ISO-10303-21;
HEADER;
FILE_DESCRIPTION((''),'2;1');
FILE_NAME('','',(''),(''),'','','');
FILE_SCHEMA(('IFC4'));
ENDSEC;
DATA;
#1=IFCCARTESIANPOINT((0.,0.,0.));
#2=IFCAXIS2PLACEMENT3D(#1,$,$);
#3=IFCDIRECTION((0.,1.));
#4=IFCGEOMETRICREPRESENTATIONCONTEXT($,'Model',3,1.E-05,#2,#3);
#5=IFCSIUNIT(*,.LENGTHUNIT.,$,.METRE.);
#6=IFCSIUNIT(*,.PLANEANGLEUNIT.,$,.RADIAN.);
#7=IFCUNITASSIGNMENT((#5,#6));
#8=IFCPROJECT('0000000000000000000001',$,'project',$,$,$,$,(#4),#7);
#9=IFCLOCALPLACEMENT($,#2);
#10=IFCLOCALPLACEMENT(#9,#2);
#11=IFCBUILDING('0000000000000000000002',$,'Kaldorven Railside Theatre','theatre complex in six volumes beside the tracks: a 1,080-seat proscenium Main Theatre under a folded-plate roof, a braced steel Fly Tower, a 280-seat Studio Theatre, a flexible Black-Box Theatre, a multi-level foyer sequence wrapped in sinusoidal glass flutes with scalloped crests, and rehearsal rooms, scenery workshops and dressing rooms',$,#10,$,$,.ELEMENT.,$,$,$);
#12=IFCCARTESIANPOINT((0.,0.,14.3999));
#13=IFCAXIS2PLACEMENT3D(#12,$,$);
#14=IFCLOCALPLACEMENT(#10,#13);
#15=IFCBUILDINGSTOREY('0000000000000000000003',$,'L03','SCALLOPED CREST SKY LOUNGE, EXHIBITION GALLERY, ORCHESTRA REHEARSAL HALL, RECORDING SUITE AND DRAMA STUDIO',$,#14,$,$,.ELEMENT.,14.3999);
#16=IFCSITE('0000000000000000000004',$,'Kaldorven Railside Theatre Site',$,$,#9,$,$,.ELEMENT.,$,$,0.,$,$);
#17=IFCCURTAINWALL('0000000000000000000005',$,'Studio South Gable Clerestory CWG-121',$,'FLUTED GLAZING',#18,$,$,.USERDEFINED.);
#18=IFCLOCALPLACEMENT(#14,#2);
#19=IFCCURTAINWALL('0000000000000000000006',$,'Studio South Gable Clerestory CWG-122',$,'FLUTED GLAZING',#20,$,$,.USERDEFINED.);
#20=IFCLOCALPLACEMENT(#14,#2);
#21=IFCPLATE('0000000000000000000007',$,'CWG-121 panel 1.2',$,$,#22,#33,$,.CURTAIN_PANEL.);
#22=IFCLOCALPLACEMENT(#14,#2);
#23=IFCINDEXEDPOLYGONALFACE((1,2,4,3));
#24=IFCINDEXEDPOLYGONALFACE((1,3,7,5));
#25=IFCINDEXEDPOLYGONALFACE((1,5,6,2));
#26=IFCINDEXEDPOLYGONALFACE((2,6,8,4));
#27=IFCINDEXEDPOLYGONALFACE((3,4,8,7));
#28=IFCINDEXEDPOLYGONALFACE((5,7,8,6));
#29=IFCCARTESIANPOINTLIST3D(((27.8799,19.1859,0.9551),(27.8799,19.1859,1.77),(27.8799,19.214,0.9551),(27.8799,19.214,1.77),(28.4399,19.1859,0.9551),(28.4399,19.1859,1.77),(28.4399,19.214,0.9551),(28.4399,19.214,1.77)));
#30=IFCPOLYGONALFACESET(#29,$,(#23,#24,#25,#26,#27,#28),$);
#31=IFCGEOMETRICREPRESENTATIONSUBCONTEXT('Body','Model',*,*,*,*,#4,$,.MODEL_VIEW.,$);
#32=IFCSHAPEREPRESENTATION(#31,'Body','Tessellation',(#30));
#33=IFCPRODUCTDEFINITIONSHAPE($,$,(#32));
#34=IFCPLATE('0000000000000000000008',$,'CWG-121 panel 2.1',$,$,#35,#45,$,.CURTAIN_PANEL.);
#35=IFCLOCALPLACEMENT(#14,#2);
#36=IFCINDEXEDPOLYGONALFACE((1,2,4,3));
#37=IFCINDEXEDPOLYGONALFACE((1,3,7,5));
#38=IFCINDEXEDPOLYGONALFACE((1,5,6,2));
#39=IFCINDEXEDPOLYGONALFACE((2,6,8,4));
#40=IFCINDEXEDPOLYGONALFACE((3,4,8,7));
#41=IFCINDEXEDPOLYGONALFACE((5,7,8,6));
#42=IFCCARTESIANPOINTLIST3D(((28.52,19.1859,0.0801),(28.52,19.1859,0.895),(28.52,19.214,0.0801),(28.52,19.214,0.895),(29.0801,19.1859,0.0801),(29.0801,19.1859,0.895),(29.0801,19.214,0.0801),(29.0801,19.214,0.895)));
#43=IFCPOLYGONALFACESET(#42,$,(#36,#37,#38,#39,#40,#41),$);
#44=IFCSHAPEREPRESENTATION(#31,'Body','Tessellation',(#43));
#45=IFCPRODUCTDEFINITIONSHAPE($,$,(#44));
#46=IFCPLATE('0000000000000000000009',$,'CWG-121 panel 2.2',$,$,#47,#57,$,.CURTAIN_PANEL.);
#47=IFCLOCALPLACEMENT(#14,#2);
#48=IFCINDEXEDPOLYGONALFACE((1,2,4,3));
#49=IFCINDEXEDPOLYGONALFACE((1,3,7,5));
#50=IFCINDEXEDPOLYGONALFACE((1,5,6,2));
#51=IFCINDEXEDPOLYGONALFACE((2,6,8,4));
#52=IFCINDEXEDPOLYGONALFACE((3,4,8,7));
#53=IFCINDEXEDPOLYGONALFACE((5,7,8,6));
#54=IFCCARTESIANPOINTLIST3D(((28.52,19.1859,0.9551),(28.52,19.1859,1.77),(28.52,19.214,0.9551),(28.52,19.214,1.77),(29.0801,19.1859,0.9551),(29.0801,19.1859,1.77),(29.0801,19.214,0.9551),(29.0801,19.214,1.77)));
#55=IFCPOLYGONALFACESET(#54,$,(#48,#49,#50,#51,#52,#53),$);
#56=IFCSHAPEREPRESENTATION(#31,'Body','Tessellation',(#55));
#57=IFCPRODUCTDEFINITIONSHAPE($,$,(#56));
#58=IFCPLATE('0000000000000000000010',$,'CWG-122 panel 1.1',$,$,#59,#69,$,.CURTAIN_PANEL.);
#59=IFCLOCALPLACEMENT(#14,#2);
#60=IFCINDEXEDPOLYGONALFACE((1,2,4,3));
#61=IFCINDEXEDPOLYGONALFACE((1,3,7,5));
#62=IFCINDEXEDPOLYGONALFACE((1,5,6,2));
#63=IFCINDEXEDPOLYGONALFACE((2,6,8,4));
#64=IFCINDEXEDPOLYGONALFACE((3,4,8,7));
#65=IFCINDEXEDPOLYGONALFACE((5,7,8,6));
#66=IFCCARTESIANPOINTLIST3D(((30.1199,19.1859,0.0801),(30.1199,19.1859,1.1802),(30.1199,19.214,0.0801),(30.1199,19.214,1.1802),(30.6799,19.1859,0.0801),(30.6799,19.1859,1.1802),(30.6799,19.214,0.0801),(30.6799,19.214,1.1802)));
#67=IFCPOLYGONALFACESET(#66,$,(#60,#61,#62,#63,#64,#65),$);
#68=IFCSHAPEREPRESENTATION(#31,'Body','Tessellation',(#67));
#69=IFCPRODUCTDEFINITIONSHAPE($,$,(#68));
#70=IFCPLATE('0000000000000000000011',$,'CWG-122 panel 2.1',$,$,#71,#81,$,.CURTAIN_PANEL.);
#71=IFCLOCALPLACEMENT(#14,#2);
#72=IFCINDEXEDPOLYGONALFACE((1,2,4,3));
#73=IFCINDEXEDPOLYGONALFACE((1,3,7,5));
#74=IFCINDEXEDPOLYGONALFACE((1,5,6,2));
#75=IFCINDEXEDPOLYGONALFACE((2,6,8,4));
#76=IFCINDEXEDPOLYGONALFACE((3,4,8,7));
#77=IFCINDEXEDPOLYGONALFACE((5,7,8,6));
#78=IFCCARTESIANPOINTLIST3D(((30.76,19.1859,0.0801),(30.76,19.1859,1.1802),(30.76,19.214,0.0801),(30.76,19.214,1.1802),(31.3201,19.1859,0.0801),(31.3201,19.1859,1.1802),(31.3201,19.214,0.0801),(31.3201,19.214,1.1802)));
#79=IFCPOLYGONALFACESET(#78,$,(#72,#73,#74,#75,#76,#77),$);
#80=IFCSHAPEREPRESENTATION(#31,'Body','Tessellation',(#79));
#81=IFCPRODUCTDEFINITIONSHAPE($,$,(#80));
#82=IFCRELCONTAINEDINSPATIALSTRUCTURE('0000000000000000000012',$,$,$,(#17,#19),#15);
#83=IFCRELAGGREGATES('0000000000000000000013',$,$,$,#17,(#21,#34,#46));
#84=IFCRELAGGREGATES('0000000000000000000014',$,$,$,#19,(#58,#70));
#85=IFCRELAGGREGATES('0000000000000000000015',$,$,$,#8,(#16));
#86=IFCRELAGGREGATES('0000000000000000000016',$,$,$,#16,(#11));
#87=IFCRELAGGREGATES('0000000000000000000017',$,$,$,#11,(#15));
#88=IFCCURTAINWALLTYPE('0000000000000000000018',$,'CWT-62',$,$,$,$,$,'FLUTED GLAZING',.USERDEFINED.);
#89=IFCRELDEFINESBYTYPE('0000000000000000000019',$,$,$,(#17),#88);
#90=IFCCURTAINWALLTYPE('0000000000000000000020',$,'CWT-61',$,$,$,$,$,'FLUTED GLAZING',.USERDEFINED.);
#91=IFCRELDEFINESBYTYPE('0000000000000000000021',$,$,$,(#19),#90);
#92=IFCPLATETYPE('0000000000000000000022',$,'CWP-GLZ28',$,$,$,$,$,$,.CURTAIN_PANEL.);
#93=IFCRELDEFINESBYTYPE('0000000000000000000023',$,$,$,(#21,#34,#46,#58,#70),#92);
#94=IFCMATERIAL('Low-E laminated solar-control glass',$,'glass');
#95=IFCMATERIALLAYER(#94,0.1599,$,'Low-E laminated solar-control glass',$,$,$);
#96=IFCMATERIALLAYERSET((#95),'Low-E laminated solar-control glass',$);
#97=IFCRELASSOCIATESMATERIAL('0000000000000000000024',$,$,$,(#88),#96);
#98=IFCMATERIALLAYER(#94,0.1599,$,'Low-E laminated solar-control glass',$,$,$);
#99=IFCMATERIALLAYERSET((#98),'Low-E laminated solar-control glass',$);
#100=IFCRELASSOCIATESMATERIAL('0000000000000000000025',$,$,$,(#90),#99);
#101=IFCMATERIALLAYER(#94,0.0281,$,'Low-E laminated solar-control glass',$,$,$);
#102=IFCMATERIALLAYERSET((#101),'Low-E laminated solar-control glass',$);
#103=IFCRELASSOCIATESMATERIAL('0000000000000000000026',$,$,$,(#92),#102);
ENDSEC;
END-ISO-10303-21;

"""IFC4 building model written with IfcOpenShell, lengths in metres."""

from ifc_helpers import new_model, si_unit, direction, frame, origin, origin_2d, place, context, subcontext, project, spatial, rectangle, extrude, material, layer, layer_set, type_object, element, aggregate, save


model = new_model("IFC4")

# Units and contexts
model_context = context("Model", 3, precision=1e-05, world=origin(), true_north=direction((0.0, 1.0)))
body_context = subcontext(model_context, "Body", "Model", "MODEL_VIEW")
ifc_project = project(units=[si_unit("LENGTHUNIT", "METRE"), si_unit("PLANEANGLEUNIT", "RADIAN")], contexts=[model_context])

# Site, building, storey
site_placement = place(None, origin())
site = spatial("IfcSite", under=ifc_project, at=site_placement, Name="Kaldorven Railside Theatre Site", CompositionType="ELEMENT", RefElevation=0.0)
building_placement = place(site_placement, origin())
building = spatial("IfcBuilding", under=site, at=building_placement, Name="Kaldorven Railside Theatre", Description="theatre complex in six volumes beside the tracks: a 1,080-seat proscenium Main Theatre under a folded-plate roof, a braced steel Fly Tower, a 280-seat Studio Theatre, a flexible Black-Box Theatre, a multi-level foyer sequence wrapped in sinusoidal glass flutes with scalloped crests, and rehearsal rooms, scenery workshops and dressing rooms", CompositionType="ELEMENT")
storey_placement = place(building_placement, frame((0.0, 0.0, 14.3999)))
storey = spatial("IfcBuildingStorey", under=building, at=storey_placement, Name="L03", Description="SCALLOPED CREST SKY LOUNGE, EXHIBITION GALLERY, ORCHESTRA REHEARSAL HALL, RECORDING SUITE AND DRAMA STUDIO", CompositionType="ELEMENT", Elevation=14.3999)

# Shared definitions
ifc_material_1 = material(Name="Low-E laminated solar-control glass", Category="glass")

# Curtain walls
ifc_layer_1 = layer(ifc_material_1, 0.1599, Name="Low-E laminated solar-control glass")
ifc_layer_set_1 = layer_set([ifc_layer_1], Name="Low-E laminated solar-control glass")
curtain_wall_type_1 = type_object("IfcCurtainWallType", Name="CWT-62", ElementType="FLUTED GLAZING", PredefinedType="USERDEFINED", material=ifc_layer_set_1)
curtain_wall_1_placement = place(storey_placement, origin())
curtain_wall_1 = element("IfcCurtainWall", 1, at=curtain_wall_1_placement, inside=storey, type_object=curtain_wall_type_1, Name="Studio South Gable Clerestory CWG-121", ObjectType="FLUTED GLAZING", PredefinedType="USERDEFINED")
ifc_layer_2 = layer(ifc_material_1, 0.1599, Name="Low-E laminated solar-control glass")
ifc_layer_set_2 = layer_set([ifc_layer_2], Name="Low-E laminated solar-control glass")
curtain_wall_type_2 = type_object("IfcCurtainWallType", Name="CWT-61", ElementType="FLUTED GLAZING", PredefinedType="USERDEFINED", material=ifc_layer_set_2)
curtain_wall_2_placement = place(storey_placement, origin())
curtain_wall_2 = element("IfcCurtainWall", 2, at=curtain_wall_2_placement, inside=storey, type_object=curtain_wall_type_2, Name="Studio South Gable Clerestory CWG-122", ObjectType="FLUTED GLAZING", PredefinedType="USERDEFINED")

# Plates
ifc_layer_3 = layer(ifc_material_1, 0.0281, Name="Low-E laminated solar-control glass")
ifc_layer_set_3 = layer_set([ifc_layer_3], Name="Low-E laminated solar-control glass")
plate_type = type_object("IfcPlateType", Name="CWP-GLZ28", PredefinedType="CURTAIN_PANEL", material=ifc_layer_set_3)
plate_1_placement = place(storey_placement, frame((28.1599, 19.2, 0.9551), z_axis=(0.0, 0.0, 1.0), x_axis=(1.0, 0.0, 0.0)))
plate_1 = element("IfcPlate", 3, at=plate_1_placement, type_object=plate_type, Name="CWG-121 panel 1.2", PredefinedType="CURTAIN_PANEL", context=body_context, shape_type="SweptSolid", body=[
    extrude(rectangle(XDim=0.5601, YDim=0.0281, at=origin_2d()), origin(), (0.0, 0.0, 1.0), 0.8149),
])
plate_2_placement = place(storey_placement, frame((28.8, 19.2, 0.0801), z_axis=(0.0, 0.0, 1.0), x_axis=(1.0, 0.0, 0.0)))
plate_2 = element("IfcPlate", 4, at=plate_2_placement, type_object=plate_type, Name="CWG-121 panel 2.1", PredefinedType="CURTAIN_PANEL", context=body_context, shape_type="SweptSolid", body=[
    extrude(rectangle(XDim=0.5601, YDim=0.0281, at=origin_2d()), origin(), (0.0, 0.0, 1.0), 0.8149),
])
plate_3_placement = place(storey_placement, frame((28.8, 19.2, 0.9551), z_axis=(0.0, 0.0, 1.0), x_axis=(1.0, 0.0, 0.0)))
plate_3 = element("IfcPlate", 5, at=plate_3_placement, type_object=plate_type, Name="CWG-121 panel 2.2", PredefinedType="CURTAIN_PANEL", context=body_context, shape_type="SweptSolid", body=[
    extrude(rectangle(XDim=0.5601, YDim=0.0281, at=origin_2d()), origin(), (0.0, 0.0, 1.0), 0.8149),
])
aggregate(curtain_wall_1, [plate_1, plate_2, plate_3])
plate_4_placement = place(storey_placement, frame((30.3999, 19.2, 0.0801), z_axis=(0.0, 0.0, 1.0), x_axis=(1.0, 0.0, 0.0)))
plate_4 = element("IfcPlate", 6, at=plate_4_placement, type_object=plate_type, Name="CWG-122 panel 1.1", PredefinedType="CURTAIN_PANEL", context=body_context, shape_type="SweptSolid", body=[
    extrude(rectangle(XDim=0.5601, YDim=0.0281, at=origin_2d()), origin(), (0.0, 0.0, 1.0), 1.1001),
])
plate_5_placement = place(storey_placement, frame((31.04, 19.2, 0.0801), z_axis=(0.0, 0.0, 1.0), x_axis=(1.0, 0.0, 0.0)))
plate_5 = element("IfcPlate", 7, at=plate_5_placement, type_object=plate_type, Name="CWG-122 panel 2.1", PredefinedType="CURTAIN_PANEL", context=body_context, shape_type="SweptSolid", body=[
    extrude(rectangle(XDim=0.5601, YDim=0.0281, at=origin_2d()), origin(), (0.0, 0.0, 1.0), 1.1001),
])
aggregate(curtain_wall_2, [plate_4, plate_5])

save(model, "model.ifc")
